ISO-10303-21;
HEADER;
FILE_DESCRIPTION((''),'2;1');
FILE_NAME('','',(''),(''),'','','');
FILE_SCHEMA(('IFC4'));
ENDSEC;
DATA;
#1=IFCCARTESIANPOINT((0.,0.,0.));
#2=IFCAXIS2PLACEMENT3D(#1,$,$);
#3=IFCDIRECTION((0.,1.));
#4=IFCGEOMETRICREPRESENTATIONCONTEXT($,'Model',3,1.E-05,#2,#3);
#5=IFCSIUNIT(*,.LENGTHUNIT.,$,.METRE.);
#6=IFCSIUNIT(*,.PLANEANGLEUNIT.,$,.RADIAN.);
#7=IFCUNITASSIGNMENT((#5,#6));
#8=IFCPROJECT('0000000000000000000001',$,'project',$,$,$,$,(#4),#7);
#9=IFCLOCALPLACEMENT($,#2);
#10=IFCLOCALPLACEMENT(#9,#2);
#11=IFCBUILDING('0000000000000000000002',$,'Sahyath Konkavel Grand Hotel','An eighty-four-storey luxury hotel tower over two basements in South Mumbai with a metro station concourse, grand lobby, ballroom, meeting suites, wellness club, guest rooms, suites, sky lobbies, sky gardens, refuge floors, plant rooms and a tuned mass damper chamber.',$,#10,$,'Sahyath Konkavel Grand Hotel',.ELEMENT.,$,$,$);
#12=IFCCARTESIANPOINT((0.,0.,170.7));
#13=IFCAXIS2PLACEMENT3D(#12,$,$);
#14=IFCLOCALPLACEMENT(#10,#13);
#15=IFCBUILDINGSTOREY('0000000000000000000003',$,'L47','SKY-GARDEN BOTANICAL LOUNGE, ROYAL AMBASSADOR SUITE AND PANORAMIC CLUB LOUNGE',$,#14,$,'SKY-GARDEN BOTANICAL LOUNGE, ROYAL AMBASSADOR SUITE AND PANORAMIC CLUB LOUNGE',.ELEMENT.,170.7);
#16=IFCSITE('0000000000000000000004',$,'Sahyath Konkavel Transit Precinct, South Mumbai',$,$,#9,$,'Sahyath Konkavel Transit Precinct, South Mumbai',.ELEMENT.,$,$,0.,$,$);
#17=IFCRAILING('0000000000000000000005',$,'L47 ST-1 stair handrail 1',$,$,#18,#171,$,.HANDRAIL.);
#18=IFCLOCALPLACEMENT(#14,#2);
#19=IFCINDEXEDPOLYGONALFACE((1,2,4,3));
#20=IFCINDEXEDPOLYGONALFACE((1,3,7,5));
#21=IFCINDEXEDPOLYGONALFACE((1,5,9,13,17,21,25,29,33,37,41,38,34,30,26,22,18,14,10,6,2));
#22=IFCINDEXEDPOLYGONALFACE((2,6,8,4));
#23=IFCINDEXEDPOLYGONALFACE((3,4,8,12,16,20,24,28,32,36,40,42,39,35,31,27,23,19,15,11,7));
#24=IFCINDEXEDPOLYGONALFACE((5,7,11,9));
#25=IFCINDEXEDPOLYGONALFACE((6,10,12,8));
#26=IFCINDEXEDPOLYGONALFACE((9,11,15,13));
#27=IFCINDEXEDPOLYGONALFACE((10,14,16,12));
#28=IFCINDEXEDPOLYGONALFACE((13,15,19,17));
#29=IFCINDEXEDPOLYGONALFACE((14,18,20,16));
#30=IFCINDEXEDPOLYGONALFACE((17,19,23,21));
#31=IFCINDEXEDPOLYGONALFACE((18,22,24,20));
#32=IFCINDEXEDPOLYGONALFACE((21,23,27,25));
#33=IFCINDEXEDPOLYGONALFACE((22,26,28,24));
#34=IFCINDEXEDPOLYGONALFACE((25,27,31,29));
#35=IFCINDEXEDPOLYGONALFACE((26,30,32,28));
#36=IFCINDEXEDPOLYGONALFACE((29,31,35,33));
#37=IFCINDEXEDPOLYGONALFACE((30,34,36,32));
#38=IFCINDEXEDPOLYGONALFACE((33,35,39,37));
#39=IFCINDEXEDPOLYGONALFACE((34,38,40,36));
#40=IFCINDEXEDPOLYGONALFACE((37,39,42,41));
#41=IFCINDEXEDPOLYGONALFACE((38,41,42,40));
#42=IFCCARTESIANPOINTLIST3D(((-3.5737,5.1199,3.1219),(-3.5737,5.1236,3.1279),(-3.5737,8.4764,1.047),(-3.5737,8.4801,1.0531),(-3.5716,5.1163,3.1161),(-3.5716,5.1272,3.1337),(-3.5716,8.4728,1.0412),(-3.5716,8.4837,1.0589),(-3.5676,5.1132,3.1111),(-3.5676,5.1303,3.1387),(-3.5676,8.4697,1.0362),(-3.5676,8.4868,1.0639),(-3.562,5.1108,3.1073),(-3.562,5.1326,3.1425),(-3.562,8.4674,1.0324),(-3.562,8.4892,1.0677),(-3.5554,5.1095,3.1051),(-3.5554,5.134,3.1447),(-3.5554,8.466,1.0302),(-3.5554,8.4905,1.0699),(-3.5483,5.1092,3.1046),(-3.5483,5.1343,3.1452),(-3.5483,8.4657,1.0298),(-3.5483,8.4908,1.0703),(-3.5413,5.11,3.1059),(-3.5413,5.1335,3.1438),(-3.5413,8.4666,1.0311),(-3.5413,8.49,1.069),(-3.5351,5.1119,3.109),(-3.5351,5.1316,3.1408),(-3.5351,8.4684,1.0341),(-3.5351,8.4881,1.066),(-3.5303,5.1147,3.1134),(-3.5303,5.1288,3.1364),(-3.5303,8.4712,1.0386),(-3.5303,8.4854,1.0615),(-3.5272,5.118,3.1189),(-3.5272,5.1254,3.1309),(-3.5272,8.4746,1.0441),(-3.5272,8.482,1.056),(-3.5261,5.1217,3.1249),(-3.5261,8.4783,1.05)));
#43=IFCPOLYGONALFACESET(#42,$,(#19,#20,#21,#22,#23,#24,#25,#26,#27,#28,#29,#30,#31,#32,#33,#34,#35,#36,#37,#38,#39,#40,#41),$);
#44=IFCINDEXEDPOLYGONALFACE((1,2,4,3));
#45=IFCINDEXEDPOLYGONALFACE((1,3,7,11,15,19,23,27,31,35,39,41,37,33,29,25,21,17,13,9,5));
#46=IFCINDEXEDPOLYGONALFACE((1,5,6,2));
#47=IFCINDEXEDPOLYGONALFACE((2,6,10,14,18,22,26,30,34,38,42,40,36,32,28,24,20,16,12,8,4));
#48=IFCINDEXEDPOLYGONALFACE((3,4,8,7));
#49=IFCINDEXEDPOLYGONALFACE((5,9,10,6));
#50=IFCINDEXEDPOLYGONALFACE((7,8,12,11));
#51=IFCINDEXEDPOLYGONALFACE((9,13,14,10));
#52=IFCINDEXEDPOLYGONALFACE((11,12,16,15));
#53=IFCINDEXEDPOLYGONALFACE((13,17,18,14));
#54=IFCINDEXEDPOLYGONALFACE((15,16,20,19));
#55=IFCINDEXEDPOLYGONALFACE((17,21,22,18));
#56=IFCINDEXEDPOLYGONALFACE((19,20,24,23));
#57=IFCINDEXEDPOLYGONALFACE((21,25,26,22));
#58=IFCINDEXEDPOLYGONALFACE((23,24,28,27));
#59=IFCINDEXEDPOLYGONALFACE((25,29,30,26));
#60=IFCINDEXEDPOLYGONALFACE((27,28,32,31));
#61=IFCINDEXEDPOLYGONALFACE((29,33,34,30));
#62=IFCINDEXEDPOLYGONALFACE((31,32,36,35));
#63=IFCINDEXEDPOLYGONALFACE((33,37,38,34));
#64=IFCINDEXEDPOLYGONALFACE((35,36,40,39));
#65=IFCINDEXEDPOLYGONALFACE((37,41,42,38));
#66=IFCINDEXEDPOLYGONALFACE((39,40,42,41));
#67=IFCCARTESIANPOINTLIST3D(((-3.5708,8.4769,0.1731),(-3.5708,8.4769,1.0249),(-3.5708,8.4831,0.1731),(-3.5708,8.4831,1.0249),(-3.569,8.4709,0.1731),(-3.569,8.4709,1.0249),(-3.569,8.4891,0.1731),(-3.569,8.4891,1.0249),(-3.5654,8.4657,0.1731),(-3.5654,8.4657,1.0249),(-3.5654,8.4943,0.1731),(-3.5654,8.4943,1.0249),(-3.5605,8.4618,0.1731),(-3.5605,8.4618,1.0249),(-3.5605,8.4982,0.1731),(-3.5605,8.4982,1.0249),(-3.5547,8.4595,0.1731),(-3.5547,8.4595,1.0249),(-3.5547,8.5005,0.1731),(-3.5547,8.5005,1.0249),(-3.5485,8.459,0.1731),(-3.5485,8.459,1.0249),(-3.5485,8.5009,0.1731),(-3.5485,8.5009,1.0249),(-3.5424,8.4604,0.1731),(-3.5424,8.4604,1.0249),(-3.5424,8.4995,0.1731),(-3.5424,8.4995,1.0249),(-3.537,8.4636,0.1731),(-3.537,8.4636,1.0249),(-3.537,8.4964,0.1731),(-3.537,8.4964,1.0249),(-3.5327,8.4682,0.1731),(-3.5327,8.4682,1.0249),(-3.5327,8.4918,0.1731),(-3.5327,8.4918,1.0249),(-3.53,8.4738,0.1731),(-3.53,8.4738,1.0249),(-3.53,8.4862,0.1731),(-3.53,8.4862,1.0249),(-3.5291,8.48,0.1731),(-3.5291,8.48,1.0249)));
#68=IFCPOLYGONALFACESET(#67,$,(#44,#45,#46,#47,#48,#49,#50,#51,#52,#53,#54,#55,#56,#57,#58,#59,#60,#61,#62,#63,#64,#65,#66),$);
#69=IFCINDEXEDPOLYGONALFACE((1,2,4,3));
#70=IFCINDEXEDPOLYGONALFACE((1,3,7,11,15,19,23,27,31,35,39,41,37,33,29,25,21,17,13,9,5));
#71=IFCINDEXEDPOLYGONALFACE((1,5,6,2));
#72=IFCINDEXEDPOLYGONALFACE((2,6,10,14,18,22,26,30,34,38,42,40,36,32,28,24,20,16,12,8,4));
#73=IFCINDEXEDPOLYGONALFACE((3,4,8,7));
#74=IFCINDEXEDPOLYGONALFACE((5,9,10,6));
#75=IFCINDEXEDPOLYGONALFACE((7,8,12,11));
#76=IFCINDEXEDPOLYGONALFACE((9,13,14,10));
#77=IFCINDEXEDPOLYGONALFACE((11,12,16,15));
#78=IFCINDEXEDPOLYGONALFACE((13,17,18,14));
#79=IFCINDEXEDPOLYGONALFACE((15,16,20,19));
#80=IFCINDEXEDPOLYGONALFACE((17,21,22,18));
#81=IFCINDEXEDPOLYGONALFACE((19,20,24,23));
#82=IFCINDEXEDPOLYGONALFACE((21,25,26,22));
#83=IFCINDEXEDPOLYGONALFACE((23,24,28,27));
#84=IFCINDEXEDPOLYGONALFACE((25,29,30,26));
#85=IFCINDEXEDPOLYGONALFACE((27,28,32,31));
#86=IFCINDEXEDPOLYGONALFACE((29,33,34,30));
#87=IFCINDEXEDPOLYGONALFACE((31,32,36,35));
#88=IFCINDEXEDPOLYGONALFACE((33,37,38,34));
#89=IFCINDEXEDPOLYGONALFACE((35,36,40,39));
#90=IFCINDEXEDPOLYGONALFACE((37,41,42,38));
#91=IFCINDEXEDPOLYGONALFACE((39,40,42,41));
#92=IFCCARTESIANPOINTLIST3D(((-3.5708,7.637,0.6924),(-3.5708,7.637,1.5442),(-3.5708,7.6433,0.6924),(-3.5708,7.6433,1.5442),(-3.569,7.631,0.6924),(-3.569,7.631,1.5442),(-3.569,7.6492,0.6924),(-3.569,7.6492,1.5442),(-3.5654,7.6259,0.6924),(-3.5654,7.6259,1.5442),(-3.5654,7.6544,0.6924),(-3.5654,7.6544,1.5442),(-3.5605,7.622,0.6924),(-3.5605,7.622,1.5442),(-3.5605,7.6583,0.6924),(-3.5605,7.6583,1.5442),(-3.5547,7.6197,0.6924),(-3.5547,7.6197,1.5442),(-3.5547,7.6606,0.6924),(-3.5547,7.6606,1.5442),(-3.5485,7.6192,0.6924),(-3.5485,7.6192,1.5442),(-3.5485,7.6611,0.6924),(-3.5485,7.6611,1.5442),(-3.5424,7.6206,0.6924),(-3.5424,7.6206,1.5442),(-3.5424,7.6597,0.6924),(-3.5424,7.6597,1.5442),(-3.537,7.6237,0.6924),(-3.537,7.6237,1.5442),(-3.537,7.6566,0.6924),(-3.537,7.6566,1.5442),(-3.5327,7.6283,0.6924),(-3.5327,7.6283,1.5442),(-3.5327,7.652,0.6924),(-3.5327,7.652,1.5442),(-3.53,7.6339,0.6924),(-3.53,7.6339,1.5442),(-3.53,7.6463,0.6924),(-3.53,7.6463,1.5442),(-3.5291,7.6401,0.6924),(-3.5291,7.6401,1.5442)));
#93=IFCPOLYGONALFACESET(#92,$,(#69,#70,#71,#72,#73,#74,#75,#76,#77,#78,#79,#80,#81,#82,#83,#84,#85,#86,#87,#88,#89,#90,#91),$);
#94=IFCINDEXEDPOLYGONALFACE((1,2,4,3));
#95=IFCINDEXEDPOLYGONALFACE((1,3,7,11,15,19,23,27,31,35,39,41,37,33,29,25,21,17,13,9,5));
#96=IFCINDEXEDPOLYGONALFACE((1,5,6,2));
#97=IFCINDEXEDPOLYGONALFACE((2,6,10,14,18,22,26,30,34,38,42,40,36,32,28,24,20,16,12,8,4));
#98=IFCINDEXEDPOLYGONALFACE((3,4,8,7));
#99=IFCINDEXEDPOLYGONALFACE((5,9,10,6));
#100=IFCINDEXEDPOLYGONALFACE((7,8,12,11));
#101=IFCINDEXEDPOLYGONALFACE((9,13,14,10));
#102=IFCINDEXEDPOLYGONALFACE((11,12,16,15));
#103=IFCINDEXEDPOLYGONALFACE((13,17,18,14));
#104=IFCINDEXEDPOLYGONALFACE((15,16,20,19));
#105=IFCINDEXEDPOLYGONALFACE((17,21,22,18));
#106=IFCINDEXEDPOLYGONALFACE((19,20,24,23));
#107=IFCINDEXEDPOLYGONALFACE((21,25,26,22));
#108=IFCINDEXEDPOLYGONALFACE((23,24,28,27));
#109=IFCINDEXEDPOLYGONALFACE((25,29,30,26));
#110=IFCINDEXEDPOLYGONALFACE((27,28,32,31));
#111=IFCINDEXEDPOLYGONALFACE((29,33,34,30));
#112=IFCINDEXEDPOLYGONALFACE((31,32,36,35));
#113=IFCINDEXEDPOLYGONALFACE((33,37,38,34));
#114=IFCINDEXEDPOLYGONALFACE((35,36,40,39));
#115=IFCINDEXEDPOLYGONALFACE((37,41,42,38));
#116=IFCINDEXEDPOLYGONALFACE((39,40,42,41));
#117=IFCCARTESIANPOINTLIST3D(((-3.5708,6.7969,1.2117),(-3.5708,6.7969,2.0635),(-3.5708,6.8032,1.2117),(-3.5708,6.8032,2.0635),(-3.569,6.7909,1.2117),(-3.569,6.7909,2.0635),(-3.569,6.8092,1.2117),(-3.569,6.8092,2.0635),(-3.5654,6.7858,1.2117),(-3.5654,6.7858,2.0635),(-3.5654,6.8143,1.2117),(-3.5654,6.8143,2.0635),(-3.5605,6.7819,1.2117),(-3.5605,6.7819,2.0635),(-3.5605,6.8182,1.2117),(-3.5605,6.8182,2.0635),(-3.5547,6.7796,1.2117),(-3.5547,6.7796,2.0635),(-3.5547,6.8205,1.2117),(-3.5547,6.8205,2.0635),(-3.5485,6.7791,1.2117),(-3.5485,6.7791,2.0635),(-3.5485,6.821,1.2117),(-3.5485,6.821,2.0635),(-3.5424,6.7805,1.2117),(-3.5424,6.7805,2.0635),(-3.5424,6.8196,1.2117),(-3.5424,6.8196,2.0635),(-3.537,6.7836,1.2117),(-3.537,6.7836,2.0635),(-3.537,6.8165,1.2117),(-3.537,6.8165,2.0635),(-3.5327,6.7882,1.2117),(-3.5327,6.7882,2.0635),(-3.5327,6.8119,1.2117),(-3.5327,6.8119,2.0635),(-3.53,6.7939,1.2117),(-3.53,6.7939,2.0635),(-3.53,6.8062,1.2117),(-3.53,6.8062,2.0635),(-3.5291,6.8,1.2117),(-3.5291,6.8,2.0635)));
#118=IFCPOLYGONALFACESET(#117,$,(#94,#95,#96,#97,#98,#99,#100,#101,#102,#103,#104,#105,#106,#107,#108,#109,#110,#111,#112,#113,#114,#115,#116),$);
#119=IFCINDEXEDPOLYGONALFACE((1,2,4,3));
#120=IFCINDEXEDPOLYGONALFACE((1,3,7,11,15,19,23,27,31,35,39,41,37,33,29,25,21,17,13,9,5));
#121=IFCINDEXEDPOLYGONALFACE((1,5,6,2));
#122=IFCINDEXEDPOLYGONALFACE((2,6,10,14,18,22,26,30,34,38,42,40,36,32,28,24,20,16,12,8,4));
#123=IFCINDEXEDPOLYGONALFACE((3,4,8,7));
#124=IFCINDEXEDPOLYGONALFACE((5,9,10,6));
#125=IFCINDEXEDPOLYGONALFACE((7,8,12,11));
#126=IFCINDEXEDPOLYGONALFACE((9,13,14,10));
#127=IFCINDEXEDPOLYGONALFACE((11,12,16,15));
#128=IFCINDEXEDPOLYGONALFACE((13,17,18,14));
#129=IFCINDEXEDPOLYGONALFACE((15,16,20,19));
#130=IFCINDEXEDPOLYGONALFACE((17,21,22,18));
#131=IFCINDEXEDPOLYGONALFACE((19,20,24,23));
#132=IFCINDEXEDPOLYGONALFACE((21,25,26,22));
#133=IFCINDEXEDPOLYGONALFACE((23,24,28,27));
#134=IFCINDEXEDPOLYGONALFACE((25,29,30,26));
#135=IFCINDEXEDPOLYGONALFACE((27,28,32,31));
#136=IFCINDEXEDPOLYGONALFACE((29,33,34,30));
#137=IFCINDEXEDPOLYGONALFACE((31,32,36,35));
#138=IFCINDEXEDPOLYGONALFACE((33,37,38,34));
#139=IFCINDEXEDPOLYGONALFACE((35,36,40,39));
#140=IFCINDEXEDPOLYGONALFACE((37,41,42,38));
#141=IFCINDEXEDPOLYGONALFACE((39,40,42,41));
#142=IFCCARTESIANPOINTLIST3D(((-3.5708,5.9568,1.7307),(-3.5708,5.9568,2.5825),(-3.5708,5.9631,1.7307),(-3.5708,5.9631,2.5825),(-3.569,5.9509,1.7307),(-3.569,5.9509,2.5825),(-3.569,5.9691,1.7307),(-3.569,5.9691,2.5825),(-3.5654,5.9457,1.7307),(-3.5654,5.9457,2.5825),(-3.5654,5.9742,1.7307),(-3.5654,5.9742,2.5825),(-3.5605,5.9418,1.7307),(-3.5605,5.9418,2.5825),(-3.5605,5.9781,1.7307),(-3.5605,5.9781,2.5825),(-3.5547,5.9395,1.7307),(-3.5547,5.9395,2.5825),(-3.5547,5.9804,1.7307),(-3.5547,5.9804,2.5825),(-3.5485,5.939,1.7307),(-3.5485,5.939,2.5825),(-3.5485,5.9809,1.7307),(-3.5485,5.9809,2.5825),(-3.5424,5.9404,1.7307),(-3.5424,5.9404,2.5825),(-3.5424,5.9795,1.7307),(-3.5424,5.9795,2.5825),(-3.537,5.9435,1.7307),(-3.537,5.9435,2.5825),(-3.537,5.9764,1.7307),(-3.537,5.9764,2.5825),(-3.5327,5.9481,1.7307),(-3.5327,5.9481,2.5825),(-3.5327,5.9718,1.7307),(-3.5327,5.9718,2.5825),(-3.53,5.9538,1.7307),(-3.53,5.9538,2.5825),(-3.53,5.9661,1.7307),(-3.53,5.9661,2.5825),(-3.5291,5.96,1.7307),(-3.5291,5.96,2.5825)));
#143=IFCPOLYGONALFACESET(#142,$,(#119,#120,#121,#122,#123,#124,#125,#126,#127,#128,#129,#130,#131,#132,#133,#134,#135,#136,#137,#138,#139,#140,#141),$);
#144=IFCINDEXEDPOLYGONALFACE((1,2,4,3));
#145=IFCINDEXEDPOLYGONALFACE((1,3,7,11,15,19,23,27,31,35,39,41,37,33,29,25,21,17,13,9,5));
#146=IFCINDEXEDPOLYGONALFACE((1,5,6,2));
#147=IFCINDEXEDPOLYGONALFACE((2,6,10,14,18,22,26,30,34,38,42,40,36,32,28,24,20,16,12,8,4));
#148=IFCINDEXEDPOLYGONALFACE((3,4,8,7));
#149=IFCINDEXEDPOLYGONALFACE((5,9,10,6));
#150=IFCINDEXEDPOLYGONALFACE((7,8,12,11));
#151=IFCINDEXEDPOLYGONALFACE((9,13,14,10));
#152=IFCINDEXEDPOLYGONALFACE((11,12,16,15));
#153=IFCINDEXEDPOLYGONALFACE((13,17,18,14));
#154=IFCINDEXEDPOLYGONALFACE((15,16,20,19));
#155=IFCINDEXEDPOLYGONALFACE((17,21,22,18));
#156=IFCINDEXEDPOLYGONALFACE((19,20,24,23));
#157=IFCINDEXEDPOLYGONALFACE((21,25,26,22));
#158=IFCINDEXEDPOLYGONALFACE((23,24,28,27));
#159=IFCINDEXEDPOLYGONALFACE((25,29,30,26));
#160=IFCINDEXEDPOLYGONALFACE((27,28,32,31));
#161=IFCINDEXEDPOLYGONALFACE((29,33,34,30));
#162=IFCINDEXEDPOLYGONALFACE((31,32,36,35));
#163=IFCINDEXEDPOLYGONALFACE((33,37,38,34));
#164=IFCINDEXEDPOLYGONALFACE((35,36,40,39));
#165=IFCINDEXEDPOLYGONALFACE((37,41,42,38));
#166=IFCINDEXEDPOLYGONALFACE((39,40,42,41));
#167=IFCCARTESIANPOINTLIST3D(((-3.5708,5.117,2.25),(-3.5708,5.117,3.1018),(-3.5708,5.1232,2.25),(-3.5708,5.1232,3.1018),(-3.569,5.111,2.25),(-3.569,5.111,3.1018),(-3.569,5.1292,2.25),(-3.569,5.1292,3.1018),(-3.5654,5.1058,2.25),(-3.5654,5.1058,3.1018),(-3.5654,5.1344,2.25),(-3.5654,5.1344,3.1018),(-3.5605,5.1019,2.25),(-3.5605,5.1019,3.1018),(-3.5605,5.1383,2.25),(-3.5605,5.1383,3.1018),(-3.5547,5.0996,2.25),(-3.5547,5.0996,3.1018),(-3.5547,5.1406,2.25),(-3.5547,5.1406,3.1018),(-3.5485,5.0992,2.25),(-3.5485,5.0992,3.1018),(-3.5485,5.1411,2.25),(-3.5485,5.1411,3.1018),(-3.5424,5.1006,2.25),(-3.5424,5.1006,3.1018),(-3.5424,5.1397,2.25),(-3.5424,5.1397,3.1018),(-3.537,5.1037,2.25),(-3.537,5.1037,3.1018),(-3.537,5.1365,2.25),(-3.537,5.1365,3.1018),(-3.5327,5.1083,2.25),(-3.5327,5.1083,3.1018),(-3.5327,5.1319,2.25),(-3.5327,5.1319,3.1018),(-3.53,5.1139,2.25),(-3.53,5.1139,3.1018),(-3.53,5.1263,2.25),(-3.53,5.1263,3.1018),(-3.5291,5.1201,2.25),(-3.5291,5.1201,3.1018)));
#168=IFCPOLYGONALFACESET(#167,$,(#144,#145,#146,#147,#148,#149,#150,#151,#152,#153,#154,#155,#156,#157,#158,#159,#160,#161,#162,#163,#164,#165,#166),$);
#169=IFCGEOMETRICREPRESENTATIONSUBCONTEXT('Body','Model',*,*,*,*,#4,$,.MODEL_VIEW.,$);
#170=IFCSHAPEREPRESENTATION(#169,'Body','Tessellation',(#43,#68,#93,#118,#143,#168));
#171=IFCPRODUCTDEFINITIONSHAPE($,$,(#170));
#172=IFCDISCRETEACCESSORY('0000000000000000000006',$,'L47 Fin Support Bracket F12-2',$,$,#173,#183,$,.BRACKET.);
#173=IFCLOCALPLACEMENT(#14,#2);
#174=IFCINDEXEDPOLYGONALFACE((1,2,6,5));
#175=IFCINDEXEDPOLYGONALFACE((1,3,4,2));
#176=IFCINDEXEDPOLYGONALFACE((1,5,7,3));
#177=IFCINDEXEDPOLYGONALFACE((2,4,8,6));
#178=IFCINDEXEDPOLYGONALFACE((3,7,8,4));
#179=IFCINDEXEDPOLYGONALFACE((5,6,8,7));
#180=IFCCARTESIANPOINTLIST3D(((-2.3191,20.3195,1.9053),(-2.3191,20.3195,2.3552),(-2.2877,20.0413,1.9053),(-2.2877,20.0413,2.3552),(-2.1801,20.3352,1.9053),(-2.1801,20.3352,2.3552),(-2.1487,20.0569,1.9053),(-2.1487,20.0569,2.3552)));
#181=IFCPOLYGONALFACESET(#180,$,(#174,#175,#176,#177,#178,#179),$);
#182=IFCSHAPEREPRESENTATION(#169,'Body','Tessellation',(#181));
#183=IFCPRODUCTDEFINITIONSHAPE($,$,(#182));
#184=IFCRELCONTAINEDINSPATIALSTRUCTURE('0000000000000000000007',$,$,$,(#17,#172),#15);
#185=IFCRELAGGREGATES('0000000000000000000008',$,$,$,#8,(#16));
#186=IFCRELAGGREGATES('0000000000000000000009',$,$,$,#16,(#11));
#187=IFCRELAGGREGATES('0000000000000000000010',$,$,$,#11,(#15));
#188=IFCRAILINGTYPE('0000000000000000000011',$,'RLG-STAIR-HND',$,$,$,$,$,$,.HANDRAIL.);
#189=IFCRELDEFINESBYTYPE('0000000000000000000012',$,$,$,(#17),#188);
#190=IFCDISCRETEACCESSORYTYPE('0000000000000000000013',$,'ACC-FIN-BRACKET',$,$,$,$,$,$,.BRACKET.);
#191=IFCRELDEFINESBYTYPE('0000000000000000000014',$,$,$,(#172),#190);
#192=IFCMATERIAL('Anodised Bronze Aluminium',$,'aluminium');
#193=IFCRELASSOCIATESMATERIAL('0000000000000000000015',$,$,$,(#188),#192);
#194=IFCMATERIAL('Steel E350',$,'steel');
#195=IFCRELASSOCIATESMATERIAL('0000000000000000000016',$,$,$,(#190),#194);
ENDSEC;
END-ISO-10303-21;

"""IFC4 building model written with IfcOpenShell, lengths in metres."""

from ifc_helpers import new_model, si_unit, direction, frame, origin, origin_2d, place, context, subcontext, project, spatial, rectangle, circle, extrude, source, transform, mapped, material, type_object, element, save


model = new_model("IFC4")

# Units and contexts
model_context = context("Model", 3, precision=1e-05, world=origin(), true_north=direction((0.0, 1.0)))
body_context = subcontext(model_context, "Body", "Model", "MODEL_VIEW")
ifc_project = project(units=[si_unit("LENGTHUNIT", "METRE"), si_unit("PLANEANGLEUNIT", "RADIAN")], contexts=[model_context])

# Site, building, storey
site_placement = place(None, origin())
site = spatial("IfcSite", under=ifc_project, at=site_placement, Name="Sahyath Konkavel Transit Precinct, South Mumbai", LongName="Sahyath Konkavel Transit Precinct, South Mumbai", CompositionType="ELEMENT", RefElevation=0.0)
building_placement = place(site_placement, origin())
building = spatial("IfcBuilding", under=site, at=building_placement, Name="Sahyath Konkavel Grand Hotel", Description="An eighty-four-storey luxury hotel tower over two basements in South Mumbai with a metro station concourse, grand lobby, ballroom, meeting suites, wellness club, guest rooms, suites, sky lobbies, sky gardens, refuge floors, plant rooms and a tuned mass damper chamber.", LongName="Sahyath Konkavel Grand Hotel", CompositionType="ELEMENT")
storey_placement = place(building_placement, frame((0.0, 0.0, 170.7)))
storey = spatial("IfcBuildingStorey", under=building, at=storey_placement, Name="L47", Description="SKY-GARDEN BOTANICAL LOUNGE, ROYAL AMBASSADOR SUITE AND PANORAMIC CLUB LOUNGE", LongName="SKY-GARDEN BOTANICAL LOUNGE, ROYAL AMBASSADOR SUITE AND PANORAMIC CLUB LOUNGE", CompositionType="ELEMENT", Elevation=170.7)

# Shared definitions
ifc_material_1 = material(Name="Steel E350", Category="steel")

# Shared definitions
ifc_material_2 = material(Name="Anodised Bronze Aluminium", Category="aluminium")

# Railing
railing_type_1 = type_object("IfcRailingType", Name="RLG-STAIR-HND", PredefinedType="HANDRAIL", material=ifc_material_2)
railing_1_placement = place(storey_placement, frame((-3.55, 8.48, 0.1731)))
element("IfcRailing", 1, at=railing_1_placement, inside=storey, type_object=railing_type_1, Name="L47 ST-1 stair handrail 1", PredefinedType="HANDRAIL", context=body_context, shape_type="SweptSolid", body=[
    extrude(circle(Radius=0.0239, at=origin_2d()), frame((0.0, -0.0017, 0.877), z_axis=(0.0, -0.850606, 0.525803), x_axis=(1.0, 0.0, 0.0)), (0.0, 0.0, 1.0), 3.946),
    extrude(circle(Radius=0.021, at=origin_2d()), origin(), (0.0, 0.0, 1.0), 0.8518),
    extrude(circle(Radius=0.021, at=origin_2d()), frame((0.0, -0.8398, 0.5193)), (0.0, 0.0, 1.0), 0.8518),
    extrude(circle(Radius=0.021, at=origin_2d()), frame((0.0, -1.6799, 1.0386)), (0.0, 0.0, 1.0), 0.8518),
    extrude(circle(Radius=0.021, at=origin_2d()), frame((0.0, -2.52, 1.5576)), (0.0, 0.0, 1.0), 0.8518),
    extrude(circle(Radius=0.021, at=origin_2d()), frame((0.0, -3.3599, 2.0769)), (0.0, 0.0, 1.0), 0.8518),
])

# Discrete accessory
discrete_accessory_type = type_object("IfcDiscreteAccessoryType", Name="ACC-FIN-BRACKET", PredefinedType="BRACKET", material=ifc_material_1)
shared_shape_1 = source(origin(), body_context, "Body", "SweptSolid", [
    extrude(rectangle(XDim=0.28, YDim=0.1399, at=origin_2d()), origin(), (0.0, 0.0, 1.0), 0.45),
])
discrete_accessory_placement = place(storey_placement, frame((-2.2339, 20.1882, 1.9053), z_axis=(0.0, 0.0, 1.0), x_axis=(-0.112007, 0.993707, 0.0)))
element("IfcDiscreteAccessory", 2, at=discrete_accessory_placement, inside=storey, type_object=discrete_accessory_type, Name="L47 Fin Support Bracket F12-2", PredefinedType="BRACKET", context=body_context, shape_type="MappedRepresentation", body=[
    mapped(shared_shape_1, transform((0.0, 0.0, 0.0), scale=1.0)),
])

save(model, "model.ifc")
